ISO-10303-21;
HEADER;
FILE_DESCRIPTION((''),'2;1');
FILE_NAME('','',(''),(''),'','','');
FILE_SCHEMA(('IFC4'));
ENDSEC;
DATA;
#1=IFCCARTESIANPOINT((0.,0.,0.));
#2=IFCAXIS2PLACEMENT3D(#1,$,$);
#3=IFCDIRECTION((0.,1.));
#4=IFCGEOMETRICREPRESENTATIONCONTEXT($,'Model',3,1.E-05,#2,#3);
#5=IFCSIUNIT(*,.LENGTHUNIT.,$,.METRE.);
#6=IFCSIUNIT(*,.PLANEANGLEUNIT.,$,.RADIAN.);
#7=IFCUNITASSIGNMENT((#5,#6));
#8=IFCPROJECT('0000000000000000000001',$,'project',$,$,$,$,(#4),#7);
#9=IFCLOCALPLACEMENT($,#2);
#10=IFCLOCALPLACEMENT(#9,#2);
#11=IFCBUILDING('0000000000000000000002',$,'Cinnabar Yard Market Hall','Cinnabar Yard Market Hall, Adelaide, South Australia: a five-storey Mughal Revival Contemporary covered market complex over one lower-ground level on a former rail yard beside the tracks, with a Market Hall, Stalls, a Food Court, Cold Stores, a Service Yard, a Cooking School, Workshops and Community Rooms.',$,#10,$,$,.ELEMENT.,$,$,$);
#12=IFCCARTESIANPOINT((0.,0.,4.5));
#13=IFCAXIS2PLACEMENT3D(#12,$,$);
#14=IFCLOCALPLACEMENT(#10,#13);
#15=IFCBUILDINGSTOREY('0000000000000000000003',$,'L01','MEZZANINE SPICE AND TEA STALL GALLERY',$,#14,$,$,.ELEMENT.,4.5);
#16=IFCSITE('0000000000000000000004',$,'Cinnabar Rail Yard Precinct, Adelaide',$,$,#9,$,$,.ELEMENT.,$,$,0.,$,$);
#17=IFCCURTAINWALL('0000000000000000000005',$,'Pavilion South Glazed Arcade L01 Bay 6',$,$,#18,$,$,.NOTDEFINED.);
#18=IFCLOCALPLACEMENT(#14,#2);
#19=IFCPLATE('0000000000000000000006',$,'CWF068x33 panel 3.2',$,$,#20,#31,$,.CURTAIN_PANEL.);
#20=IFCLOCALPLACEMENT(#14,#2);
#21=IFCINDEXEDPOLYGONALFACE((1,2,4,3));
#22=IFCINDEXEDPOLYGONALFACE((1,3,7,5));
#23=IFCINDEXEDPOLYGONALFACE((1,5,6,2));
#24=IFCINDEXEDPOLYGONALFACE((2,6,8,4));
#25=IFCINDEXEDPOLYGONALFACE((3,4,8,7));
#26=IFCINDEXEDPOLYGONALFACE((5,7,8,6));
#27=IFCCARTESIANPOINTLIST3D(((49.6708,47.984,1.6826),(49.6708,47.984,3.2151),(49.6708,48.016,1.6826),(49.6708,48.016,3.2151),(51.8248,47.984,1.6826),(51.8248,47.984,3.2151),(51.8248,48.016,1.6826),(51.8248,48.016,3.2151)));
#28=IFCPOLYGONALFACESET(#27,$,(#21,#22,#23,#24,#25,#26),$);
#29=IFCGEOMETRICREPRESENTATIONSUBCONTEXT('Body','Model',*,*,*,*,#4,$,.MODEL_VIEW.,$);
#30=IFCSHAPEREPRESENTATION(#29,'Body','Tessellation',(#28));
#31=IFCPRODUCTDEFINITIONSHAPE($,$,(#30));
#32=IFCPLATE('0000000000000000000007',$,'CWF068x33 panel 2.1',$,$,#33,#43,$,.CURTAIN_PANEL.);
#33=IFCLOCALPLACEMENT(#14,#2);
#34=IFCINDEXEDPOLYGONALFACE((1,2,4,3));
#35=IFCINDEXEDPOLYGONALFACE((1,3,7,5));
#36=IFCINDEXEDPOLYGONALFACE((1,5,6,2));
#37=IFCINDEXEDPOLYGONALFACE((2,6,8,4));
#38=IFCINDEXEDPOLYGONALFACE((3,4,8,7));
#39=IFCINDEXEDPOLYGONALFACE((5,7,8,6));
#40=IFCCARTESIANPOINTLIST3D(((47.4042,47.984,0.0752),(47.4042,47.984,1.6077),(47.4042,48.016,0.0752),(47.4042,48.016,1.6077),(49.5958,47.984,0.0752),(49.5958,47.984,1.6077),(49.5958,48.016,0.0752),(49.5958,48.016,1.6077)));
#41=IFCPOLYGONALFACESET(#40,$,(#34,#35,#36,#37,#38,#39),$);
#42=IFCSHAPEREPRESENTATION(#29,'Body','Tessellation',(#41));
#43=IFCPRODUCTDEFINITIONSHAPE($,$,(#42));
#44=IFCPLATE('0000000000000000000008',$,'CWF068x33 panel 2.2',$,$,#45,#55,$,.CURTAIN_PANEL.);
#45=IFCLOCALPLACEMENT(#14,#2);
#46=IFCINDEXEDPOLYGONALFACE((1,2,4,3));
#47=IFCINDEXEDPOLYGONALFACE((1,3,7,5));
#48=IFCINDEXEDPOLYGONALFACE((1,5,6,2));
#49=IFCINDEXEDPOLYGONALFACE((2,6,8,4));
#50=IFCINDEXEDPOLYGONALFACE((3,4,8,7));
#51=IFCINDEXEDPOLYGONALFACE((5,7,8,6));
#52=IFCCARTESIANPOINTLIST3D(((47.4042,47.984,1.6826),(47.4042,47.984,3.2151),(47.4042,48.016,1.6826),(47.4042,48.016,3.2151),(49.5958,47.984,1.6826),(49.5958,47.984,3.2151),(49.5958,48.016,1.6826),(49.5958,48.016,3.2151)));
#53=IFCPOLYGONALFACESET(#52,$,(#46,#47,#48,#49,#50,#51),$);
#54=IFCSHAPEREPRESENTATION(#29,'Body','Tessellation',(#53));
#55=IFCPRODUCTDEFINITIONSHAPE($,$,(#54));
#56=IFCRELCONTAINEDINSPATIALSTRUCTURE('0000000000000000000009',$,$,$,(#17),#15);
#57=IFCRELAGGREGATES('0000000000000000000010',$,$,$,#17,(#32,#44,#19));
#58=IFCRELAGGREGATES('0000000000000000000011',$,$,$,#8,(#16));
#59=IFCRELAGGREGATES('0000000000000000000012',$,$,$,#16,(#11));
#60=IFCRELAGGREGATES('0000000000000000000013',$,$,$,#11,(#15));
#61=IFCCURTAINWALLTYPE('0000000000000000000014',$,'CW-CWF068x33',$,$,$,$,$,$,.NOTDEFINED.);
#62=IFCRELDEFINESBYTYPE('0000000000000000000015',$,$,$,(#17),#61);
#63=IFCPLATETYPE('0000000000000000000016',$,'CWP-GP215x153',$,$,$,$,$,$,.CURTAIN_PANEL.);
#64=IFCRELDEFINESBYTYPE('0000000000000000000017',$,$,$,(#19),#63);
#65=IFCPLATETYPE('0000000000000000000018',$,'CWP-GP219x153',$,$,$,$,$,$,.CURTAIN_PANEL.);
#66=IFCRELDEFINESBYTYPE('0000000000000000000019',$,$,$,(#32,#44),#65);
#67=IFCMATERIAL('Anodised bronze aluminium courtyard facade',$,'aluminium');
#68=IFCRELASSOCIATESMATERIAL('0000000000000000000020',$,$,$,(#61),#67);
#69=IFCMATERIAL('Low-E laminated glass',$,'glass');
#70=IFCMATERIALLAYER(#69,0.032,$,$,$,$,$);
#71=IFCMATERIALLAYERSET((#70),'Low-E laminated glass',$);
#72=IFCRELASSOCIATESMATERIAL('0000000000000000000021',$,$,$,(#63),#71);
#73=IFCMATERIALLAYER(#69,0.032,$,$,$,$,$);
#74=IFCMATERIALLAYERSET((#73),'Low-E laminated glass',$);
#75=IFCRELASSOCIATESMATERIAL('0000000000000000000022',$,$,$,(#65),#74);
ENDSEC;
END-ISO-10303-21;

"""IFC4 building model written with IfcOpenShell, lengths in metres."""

from ifc_helpers import new_model, si_unit, direction, frame, origin, origin_2d_with_axis, place, context, subcontext, project, spatial, rectangle, extrude, material, layer, layer_set, type_object, element, aggregate, save


model = new_model("IFC4")

# Units and contexts
model_context = context("Model", 3, precision=1e-05, world=origin(), true_north=direction((0.0, 1.0)))
body_context = subcontext(model_context, "Body", "Model", "MODEL_VIEW")
ifc_project = project(units=[si_unit("LENGTHUNIT", "METRE"), si_unit("PLANEANGLEUNIT", "RADIAN")], contexts=[model_context])

# Site, building, storey
site_placement = place(None, origin())
site = spatial("IfcSite", under=ifc_project, at=site_placement, Name="Cinnabar Rail Yard Precinct, Adelaide", CompositionType="ELEMENT", RefElevation=0.0)
building_placement = place(site_placement, origin())
building = spatial("IfcBuilding", under=site, at=building_placement, Name="Cinnabar Yard Market Hall", Description="Cinnabar Yard Market Hall, Adelaide, South Australia: a five-storey Mughal Revival Contemporary covered market complex over one lower-ground level on a former rail yard beside the tracks, with a Market Hall, Stalls, a Food Court, Cold Stores, a Service Yard, a Cooking School, Workshops and Community Rooms.", CompositionType="ELEMENT")
storey_placement = place(building_placement, frame((0.0, 0.0, 4.5)))
storey = spatial("IfcBuildingStorey", under=building, at=storey_placement, Name="L01", Description="MEZZANINE SPICE AND TEA STALL GALLERY", CompositionType="ELEMENT", Elevation=4.5)

# Curtain wall
ifc_material_1 = material(Name="Anodised bronze aluminium courtyard facade", Category="aluminium")
curtain_wall_type_1 = type_object("IfcCurtainWallType", Name="CW-CWF068x33", PredefinedType="NOTDEFINED", material=ifc_material_1)
curtain_wall_1_placement = place(storey_placement, origin())
curtain_wall_1 = element("IfcCurtainWall", 1, at=curtain_wall_1_placement, inside=storey, type_object=curtain_wall_type_1, Name="Pavilion South Glazed Arcade L01 Bay 6", PredefinedType="NOTDEFINED")

# Plates
ifc_material_2 = material(Name="Low-E laminated glass", Category="glass")
ifc_layer_1 = layer(ifc_material_2, 0.032)
ifc_layer_set_1 = layer_set([ifc_layer_1], Name="Low-E laminated glass")
plate_type_1 = type_object("IfcPlateType", Name="CWP-GP215x153", PredefinedType="CURTAIN_PANEL", material=ifc_layer_set_1)
plate_1_placement = place(storey_placement, frame((50.7478, 48.0, 1.6826), z_axis=(0.0, 0.0, 1.0), x_axis=(1.0, 0.0, 0.0)))
plate_1 = element("IfcPlate", 2, at=plate_1_placement, type_object=plate_type_1, Name="CWF068x33 panel 3.2", PredefinedType="CURTAIN_PANEL", context=body_context, shape_type="SweptSolid", body=[
    extrude(rectangle(XDim=2.1541, YDim=0.032, at=origin_2d_with_axis()), origin(), (0.0, 0.0, 1.0), 1.5325),
])
ifc_layer_2 = layer(ifc_material_2, 0.032)
ifc_layer_set_2 = layer_set([ifc_layer_2], Name="Low-E laminated glass")
plate_type_2 = type_object("IfcPlateType", Name="CWP-GP219x153", PredefinedType="CURTAIN_PANEL", material=ifc_layer_set_2)
plate_2_placement = place(storey_placement, frame((48.5, 48.0, 0.0752), z_axis=(0.0, 0.0, 1.0), x_axis=(1.0, 0.0, 0.0)))
plate_2 = element("IfcPlate", 3, at=plate_2_placement, type_object=plate_type_2, Name="CWF068x33 panel 2.1", PredefinedType="CURTAIN_PANEL", context=body_context, shape_type="SweptSolid", body=[
    extrude(rectangle(XDim=2.1917, YDim=0.032, at=origin_2d_with_axis()), origin(), (0.0, 0.0, 1.0), 1.5325),
])
plate_3_placement = place(storey_placement, frame((48.5, 48.0, 1.6826), z_axis=(0.0, 0.0, 1.0), x_axis=(1.0, 0.0, 0.0)))
plate_3 = element("IfcPlate", 4, at=plate_3_placement, type_object=plate_type_2, Name="CWF068x33 panel 2.2", PredefinedType="CURTAIN_PANEL", context=body_context, shape_type="SweptSolid", body=[
    extrude(rectangle(XDim=2.1917, YDim=0.032, at=origin_2d_with_axis()), origin(), (0.0, 0.0, 1.0), 1.5325),
])
aggregate(curtain_wall_1, [plate_2, plate_3, plate_1])

save(model, "model.ifc")
